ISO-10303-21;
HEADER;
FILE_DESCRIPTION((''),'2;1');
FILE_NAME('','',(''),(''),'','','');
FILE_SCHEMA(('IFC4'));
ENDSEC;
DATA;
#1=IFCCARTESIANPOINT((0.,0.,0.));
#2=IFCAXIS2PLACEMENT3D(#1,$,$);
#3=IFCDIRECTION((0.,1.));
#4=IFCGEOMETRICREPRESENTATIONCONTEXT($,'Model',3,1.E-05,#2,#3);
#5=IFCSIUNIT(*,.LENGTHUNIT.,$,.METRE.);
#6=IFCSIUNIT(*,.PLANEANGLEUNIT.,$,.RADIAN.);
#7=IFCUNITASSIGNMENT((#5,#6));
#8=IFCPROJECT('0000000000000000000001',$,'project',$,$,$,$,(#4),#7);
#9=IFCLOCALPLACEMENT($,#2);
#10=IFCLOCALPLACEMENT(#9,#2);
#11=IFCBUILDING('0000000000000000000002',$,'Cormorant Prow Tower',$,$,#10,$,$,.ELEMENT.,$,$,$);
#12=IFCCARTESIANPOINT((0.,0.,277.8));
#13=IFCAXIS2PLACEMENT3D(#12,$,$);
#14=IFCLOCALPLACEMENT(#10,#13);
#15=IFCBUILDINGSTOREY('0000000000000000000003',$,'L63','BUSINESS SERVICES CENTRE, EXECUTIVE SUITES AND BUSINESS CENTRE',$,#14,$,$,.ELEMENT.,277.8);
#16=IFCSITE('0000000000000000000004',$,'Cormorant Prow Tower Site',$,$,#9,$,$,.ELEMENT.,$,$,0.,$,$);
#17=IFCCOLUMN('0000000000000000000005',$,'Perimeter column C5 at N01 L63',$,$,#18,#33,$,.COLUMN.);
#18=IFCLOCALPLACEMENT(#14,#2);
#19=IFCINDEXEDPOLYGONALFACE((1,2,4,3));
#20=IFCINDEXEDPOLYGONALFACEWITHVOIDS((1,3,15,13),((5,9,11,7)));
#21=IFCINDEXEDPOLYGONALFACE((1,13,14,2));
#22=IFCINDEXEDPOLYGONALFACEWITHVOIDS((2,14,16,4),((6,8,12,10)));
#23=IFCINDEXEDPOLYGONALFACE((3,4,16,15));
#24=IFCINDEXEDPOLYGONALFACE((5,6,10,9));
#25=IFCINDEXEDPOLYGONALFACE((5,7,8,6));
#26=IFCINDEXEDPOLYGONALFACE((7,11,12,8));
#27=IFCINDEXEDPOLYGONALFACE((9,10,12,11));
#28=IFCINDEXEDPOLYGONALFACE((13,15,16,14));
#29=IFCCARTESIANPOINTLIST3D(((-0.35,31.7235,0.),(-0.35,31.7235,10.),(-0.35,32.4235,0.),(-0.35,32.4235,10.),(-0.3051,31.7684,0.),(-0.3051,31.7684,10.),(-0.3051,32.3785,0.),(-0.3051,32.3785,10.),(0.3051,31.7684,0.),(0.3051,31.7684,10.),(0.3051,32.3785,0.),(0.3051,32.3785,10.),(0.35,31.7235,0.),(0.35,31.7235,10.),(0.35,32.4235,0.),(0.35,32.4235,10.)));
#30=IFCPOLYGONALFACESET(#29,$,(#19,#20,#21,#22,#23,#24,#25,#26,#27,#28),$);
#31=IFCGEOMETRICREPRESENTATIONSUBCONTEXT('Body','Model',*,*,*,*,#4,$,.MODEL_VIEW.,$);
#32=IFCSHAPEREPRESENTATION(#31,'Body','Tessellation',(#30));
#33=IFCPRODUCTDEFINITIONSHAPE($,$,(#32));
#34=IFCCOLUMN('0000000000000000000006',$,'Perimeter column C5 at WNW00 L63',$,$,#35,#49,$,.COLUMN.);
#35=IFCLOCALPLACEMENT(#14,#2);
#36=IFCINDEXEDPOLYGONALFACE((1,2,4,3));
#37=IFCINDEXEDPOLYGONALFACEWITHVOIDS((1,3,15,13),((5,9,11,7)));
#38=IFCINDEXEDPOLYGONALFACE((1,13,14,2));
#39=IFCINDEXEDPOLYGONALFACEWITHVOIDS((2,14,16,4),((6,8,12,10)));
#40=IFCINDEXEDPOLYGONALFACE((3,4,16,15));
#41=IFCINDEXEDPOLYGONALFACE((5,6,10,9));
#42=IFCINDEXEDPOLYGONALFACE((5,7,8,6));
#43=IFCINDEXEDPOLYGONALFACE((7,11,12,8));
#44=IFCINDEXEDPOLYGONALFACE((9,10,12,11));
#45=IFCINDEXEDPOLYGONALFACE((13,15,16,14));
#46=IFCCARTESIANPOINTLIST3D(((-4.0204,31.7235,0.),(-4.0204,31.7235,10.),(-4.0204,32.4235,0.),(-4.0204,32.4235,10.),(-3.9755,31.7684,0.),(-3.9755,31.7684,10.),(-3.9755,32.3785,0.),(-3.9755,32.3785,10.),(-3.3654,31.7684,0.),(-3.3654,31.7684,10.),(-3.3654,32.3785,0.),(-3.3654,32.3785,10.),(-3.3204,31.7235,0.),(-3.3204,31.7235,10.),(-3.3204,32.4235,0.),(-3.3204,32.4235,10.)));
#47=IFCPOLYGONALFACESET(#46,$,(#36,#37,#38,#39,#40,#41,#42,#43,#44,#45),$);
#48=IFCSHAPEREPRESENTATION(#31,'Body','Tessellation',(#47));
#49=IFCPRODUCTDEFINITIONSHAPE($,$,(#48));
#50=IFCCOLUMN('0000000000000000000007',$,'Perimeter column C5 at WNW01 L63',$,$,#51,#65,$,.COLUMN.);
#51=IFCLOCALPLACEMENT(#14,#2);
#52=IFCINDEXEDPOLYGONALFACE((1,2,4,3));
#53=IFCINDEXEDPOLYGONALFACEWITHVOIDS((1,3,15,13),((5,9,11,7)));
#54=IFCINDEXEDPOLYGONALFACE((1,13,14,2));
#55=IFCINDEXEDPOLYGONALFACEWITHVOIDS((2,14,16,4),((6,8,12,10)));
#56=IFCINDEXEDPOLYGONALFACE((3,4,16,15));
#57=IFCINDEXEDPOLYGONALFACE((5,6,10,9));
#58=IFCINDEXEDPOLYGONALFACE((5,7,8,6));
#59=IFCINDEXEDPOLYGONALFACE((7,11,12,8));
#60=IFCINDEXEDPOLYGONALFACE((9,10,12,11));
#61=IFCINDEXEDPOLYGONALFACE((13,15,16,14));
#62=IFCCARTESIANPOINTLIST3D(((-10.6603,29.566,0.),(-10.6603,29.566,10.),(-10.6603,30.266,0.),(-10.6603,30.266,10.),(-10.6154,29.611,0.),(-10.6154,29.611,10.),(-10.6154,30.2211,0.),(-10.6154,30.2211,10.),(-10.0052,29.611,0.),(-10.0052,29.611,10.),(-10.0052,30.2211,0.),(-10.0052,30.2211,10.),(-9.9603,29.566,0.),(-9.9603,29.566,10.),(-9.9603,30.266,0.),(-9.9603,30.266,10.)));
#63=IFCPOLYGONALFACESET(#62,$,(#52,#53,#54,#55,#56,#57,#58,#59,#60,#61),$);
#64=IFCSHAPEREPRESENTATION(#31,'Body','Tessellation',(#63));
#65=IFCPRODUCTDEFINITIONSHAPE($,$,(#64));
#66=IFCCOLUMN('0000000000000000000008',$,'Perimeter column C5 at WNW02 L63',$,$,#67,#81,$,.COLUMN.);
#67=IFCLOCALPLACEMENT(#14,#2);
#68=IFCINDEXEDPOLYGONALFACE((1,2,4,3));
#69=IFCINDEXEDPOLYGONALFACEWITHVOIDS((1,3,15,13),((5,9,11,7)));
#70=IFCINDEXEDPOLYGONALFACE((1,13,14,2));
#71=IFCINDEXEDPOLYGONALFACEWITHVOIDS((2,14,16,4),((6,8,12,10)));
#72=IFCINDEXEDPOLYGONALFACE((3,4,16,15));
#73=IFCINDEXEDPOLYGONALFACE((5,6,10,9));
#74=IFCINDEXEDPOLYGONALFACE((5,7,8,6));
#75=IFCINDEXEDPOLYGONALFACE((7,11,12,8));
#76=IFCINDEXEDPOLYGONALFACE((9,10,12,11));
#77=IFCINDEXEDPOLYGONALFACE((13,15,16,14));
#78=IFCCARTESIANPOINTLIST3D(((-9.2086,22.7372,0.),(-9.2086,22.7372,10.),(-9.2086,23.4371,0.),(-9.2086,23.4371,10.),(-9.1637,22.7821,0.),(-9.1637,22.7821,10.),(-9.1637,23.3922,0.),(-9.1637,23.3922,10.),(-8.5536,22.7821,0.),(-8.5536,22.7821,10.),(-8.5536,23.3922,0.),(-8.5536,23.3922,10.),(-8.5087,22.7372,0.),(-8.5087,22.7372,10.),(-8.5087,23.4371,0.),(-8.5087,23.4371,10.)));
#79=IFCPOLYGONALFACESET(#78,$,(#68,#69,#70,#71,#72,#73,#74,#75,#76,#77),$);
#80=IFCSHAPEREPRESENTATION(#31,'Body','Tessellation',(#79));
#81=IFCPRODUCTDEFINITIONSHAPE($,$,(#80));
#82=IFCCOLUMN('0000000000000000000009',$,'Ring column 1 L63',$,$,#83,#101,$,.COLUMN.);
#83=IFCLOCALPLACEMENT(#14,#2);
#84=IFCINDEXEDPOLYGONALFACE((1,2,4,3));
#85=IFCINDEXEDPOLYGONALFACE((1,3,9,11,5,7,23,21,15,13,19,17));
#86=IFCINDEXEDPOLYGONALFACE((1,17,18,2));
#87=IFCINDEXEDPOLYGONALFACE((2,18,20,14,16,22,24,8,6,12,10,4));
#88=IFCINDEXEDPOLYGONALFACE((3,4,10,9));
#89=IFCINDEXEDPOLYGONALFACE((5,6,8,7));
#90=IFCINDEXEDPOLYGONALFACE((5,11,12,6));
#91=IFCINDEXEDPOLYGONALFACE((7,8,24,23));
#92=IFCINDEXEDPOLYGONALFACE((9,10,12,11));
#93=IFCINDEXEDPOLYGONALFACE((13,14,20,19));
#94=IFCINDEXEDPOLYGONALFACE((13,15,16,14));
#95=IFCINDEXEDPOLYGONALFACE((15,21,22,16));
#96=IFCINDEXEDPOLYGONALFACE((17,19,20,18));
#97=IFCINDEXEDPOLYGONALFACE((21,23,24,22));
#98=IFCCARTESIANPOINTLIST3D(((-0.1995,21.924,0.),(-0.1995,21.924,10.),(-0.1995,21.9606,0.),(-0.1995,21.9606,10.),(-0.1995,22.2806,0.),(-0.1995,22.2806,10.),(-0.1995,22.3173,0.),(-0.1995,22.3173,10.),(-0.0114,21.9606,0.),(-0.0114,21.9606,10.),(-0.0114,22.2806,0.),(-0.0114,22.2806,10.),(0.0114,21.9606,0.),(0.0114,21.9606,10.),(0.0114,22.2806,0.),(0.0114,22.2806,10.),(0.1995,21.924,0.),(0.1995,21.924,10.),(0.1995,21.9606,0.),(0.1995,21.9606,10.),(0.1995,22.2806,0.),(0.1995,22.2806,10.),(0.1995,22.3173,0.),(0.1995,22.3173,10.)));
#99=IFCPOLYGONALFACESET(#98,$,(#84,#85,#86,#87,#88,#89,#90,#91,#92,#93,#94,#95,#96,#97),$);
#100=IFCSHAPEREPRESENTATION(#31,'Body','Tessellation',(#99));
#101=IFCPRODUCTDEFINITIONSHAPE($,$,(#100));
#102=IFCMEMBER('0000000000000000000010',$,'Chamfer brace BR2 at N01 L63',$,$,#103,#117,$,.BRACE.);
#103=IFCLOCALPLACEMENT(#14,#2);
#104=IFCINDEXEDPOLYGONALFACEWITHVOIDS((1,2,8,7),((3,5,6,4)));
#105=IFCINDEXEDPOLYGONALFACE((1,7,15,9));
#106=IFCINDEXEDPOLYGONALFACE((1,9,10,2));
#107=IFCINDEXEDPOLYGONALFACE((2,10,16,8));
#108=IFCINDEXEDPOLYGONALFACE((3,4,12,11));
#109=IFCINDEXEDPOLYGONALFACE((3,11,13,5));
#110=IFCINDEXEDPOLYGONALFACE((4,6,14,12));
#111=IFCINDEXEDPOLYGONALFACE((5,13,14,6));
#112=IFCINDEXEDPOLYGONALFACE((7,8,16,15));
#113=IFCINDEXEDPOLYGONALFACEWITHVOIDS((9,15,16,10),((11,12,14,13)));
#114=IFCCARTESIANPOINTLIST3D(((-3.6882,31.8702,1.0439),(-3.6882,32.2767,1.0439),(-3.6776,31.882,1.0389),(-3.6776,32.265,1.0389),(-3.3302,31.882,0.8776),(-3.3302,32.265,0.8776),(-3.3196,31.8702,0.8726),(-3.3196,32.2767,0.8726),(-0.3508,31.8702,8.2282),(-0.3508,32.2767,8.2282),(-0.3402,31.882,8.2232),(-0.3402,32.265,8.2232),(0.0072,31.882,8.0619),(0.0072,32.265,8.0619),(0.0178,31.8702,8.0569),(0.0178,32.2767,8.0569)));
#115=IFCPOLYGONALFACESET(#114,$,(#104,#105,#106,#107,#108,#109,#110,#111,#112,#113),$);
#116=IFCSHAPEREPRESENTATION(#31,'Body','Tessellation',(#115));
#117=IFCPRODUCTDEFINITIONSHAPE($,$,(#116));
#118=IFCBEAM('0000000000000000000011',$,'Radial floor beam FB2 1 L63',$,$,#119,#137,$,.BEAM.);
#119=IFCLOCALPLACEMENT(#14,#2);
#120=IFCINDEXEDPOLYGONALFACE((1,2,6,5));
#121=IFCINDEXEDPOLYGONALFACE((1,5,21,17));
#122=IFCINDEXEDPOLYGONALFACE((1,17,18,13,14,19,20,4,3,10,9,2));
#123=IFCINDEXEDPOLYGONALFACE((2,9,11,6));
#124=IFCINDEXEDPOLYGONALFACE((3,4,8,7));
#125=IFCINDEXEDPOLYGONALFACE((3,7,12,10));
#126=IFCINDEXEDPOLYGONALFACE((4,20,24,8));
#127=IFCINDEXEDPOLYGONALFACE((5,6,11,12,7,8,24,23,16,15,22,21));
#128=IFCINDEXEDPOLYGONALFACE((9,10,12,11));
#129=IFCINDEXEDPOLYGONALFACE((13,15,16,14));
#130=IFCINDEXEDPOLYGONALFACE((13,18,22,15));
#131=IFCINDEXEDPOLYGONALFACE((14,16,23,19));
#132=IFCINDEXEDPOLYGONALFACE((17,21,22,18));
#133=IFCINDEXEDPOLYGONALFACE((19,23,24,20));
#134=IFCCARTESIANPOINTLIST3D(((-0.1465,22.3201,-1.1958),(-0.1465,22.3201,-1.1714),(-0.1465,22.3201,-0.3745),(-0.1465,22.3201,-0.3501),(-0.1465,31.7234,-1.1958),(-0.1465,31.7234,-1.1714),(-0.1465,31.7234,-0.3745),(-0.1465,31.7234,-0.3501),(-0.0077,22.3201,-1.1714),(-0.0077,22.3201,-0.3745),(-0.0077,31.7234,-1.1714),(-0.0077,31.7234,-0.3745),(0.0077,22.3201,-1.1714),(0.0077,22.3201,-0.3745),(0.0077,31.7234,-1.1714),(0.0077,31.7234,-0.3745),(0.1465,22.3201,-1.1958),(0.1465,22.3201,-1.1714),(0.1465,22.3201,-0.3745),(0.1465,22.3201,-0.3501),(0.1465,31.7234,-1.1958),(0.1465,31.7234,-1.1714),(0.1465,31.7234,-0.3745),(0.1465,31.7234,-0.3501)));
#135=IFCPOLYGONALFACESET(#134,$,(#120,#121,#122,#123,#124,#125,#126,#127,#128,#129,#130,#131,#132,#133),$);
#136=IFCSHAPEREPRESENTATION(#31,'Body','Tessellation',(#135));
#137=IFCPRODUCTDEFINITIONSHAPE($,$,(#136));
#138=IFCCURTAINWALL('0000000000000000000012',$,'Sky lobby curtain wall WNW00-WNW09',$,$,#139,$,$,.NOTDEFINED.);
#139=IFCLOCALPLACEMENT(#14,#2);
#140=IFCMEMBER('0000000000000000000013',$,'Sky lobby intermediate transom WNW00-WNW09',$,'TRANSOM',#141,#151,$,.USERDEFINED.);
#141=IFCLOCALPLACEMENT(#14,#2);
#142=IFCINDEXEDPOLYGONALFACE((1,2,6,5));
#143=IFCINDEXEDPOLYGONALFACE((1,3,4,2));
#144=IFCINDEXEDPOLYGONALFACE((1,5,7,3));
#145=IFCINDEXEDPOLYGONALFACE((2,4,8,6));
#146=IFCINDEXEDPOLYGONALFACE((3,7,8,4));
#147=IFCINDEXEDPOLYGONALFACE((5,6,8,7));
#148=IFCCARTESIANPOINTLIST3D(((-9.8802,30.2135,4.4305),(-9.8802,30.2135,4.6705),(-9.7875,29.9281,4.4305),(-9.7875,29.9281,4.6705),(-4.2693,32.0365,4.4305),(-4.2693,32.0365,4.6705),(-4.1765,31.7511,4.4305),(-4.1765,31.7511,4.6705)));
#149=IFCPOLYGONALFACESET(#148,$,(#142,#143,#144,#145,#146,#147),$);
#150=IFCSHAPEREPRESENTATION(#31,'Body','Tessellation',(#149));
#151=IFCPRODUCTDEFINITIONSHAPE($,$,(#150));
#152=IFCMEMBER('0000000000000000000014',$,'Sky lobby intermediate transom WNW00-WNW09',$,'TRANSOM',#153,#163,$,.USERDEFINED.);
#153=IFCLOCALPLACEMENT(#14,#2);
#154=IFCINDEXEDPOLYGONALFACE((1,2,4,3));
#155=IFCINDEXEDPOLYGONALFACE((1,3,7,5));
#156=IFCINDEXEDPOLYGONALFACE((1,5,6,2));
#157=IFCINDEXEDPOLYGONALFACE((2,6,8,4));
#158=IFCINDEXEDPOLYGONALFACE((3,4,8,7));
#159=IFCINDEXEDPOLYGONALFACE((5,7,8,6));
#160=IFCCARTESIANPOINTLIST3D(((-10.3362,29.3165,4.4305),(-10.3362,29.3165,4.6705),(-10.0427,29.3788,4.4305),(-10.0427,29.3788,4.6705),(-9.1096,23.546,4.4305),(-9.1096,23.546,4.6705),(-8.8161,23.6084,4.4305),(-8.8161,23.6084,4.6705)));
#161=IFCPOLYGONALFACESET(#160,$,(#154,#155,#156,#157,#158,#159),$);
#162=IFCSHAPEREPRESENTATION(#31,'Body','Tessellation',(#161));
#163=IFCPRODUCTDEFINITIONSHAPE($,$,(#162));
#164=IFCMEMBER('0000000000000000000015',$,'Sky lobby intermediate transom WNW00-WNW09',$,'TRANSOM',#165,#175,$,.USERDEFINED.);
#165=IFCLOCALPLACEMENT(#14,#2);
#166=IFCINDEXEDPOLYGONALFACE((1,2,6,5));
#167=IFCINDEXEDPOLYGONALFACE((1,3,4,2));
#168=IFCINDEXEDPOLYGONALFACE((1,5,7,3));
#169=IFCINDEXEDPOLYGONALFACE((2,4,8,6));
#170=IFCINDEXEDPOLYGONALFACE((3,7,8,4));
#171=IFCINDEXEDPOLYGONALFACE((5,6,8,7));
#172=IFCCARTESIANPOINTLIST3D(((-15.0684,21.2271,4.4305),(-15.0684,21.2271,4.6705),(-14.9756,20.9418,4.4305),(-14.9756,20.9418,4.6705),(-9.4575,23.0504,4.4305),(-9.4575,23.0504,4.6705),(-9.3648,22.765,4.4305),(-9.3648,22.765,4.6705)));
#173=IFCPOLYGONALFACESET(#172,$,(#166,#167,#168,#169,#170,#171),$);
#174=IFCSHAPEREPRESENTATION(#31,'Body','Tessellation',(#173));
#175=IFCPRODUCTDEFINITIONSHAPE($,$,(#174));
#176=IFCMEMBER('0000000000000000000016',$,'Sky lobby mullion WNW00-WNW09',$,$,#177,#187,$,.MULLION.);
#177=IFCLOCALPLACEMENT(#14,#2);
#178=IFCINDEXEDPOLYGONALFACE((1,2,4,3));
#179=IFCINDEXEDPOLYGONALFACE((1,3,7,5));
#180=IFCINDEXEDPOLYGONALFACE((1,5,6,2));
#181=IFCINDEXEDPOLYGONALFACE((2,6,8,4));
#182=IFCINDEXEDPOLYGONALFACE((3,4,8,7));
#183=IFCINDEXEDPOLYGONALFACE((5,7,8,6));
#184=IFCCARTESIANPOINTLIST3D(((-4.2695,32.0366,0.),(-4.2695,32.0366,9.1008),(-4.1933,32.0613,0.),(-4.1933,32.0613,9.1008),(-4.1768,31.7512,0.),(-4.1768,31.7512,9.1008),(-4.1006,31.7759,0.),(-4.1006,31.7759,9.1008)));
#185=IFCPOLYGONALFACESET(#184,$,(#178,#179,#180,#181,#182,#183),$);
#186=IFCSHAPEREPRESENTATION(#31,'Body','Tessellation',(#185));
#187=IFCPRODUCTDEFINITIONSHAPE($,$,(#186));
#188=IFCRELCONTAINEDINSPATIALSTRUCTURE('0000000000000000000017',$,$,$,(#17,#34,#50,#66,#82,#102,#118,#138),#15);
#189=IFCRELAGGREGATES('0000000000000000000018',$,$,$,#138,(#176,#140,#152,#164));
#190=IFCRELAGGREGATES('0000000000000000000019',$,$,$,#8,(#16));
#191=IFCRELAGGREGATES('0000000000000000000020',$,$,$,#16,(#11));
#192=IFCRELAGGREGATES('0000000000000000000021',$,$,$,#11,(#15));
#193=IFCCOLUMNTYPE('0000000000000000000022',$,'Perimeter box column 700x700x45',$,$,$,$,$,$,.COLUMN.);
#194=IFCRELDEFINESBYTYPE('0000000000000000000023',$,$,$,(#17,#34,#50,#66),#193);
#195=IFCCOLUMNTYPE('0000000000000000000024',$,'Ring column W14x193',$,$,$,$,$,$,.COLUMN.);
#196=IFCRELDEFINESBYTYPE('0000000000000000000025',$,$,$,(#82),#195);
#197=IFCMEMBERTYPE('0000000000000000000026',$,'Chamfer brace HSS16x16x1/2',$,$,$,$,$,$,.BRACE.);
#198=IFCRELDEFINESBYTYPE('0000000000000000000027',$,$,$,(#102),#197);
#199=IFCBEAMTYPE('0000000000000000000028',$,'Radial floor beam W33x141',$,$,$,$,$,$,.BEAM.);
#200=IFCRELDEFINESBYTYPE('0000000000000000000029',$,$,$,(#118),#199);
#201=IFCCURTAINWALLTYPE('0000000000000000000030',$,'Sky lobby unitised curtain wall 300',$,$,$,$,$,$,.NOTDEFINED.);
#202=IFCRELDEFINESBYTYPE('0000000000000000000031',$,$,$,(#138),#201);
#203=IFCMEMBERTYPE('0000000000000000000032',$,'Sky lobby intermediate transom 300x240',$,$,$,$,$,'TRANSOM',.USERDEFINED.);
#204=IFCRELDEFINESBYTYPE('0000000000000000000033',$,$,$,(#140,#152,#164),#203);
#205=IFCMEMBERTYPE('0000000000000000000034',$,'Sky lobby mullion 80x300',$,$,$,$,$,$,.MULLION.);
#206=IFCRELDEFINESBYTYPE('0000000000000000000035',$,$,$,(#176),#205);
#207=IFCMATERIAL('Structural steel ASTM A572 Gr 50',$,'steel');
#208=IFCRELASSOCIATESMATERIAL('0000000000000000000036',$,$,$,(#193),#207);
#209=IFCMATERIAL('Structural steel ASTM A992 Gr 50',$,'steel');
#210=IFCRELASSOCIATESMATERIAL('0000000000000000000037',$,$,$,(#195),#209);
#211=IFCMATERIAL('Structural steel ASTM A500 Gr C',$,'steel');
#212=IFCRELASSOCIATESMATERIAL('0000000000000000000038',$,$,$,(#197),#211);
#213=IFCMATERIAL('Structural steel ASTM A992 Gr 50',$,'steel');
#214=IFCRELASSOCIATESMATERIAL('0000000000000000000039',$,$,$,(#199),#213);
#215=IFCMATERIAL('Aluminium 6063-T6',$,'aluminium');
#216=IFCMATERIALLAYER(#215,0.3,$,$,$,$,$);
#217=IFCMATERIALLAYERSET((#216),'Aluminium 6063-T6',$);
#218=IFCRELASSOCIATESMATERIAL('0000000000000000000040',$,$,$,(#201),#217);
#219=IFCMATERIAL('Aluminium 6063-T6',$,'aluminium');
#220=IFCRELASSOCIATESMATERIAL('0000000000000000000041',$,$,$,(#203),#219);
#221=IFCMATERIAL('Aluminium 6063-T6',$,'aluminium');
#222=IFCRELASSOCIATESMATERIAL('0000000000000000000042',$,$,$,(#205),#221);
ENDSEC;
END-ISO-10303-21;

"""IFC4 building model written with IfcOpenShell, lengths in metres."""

from ifc_helpers import new_model, si_unit, direction, frame, origin, origin_2d, place, context, subcontext, project, spatial, rectangle, hollow_rectangle, i_section, extrude, material, layer, layer_set, material_profile, profile_set, type_object, element, aggregate, save


model = new_model("IFC4")

# Units and contexts
model_context = context("Model", 3, precision=1e-05, world=origin(), true_north=direction((0.0, 1.0)))
body_context = subcontext(model_context, "Body", "Model", "MODEL_VIEW")
ifc_project = project(units=[si_unit("LENGTHUNIT", "METRE"), si_unit("PLANEANGLEUNIT", "RADIAN")], contexts=[model_context])

# Site, building, storey
site_placement = place(None, origin())
site = spatial("IfcSite", under=ifc_project, at=site_placement, Name="Cormorant Prow Tower Site", CompositionType="ELEMENT", RefElevation=0.0)
building_placement = place(site_placement, origin())
building = spatial("IfcBuilding", under=site, at=building_placement, Name="Cormorant Prow Tower", CompositionType="ELEMENT")
storey_placement = place(building_placement, frame((0.0, 0.0, 277.8)))
storey = spatial("IfcBuildingStorey", under=building, at=storey_placement, Name="L63", Description="BUSINESS SERVICES CENTRE, EXECUTIVE SUITES AND BUSINESS CENTRE", CompositionType="ELEMENT", Elevation=277.8)

# Columns
ifc_material_1 = material(Name="Structural steel ASTM A572 Gr 50", Category="steel")
ifc_material_profile_1 = material_profile(ifc_material_1, hollow_rectangle(XDim=0.7, YDim=0.7, WallThickness=0.0449, at=origin_2d()), Name="Box 700x700x45")
ifc_profile_set_1 = profile_set([ifc_material_profile_1], Name="Structural steel ASTM A572 Gr 50")
column_type_1 = type_object("IfcColumnType", Name="Perimeter box column 700x700x45", PredefinedType="COLUMN", material=ifc_profile_set_1)
for number, where, z_axis, x_axis, name in (
    (1, (0.0, 32.0735, 0.0), (0.0, 0.0, 1.0), (1.0, 0.0, 0.0), "Perimeter column C5 at N01 L63"),
    (2, (-3.6704, 32.0735, 0.0), (0.0, 0.0, 1.0), (1.0, 0.0, 0.0), "Perimeter column C5 at WNW00 L63"),
    (3, (-10.3103, 29.916, 0.0), (0.0, 0.0, 1.0), (1.0, 0.0, 0.0), "Perimeter column C5 at WNW01 L63"),
    (4, (-8.8586, 23.0872, 0.0), (0.0, 0.0, 1.0), (1.0, 0.0, 0.0), "Perimeter column C5 at WNW02 L63"),
):
    element("IfcColumn", number, at=place(storey_placement, frame(where, z_axis=z_axis, x_axis=x_axis)), inside=storey, type_object=column_type_1, Name=name, PredefinedType="COLUMN", context=body_context, shape_type="SweptSolid", body=[
        extrude(hollow_rectangle(XDim=0.7, YDim=0.7, WallThickness=0.0449, at=origin_2d()), origin(), (0.0, 0.0, 1.0), 10.0),
    ])
ifc_material_2 = material(Name="Structural steel ASTM A992 Gr 50", Category="steel")
ifc_material_profile_2 = material_profile(ifc_material_2, i_section(OverallWidth=0.3989, OverallDepth=0.3933, WebThickness=0.0227, FlangeThickness=0.0366, at=origin_2d()), Name="W14x193")
ifc_profile_set_2 = profile_set([ifc_material_profile_2], Name="Structural steel ASTM A992 Gr 50")
column_type_2 = type_object("IfcColumnType", Name="Ring column W14x193", PredefinedType="COLUMN", material=ifc_profile_set_2)
column_placement = place(storey_placement, frame((0.0, 22.1206, 0.0), z_axis=(0.0, 0.0, 1.0), x_axis=(1.0, 0.0, 0.0)))
element("IfcColumn", 5, at=column_placement, inside=storey, type_object=column_type_2, Name="Ring column 1 L63", PredefinedType="COLUMN", context=body_context, shape_type="SweptSolid", body=[
    extrude(i_section(OverallWidth=0.3989, OverallDepth=0.3933, WebThickness=0.0227, FlangeThickness=0.0366, at=origin_2d()), origin(), (0.0, 0.0, 1.0), 10.0),
])

# Member
ifc_material_3 = material(Name="Structural steel ASTM A500 Gr C", Category="steel")
ifc_material_profile_3 = material_profile(ifc_material_3, hollow_rectangle(XDim=0.4065, YDim=0.4065, WallThickness=0.0117, at=origin_2d()), Name="HSS16x16x1/2")
ifc_profile_set_3 = profile_set([ifc_material_profile_3], Name="Structural steel ASTM A500 Gr C")
member_type_1 = type_object("IfcMemberType", Name="Chamfer brace HSS16x16x1/2", PredefinedType="BRACE", material=ifc_profile_set_3)
member_1_placement = place(storey_placement, frame((-3.5039, 32.0735, 0.9583), z_axis=(0.421301, 0.0, 0.906921), x_axis=(0.0, 1.0, 0.0)))
element("IfcMember", 6, at=member_1_placement, inside=storey, type_object=member_type_1, Name="Chamfer brace BR2 at N01 L63", PredefinedType="BRACE", context=body_context, shape_type="SweptSolid", body=[
    extrude(hollow_rectangle(XDim=0.4065, YDim=0.4065, WallThickness=0.0117, at=origin_2d()), origin(), (0.0, 0.0, 1.0), 7.9216),
])

# Beam
ifc_material_4 = material(Name="Structural steel ASTM A992 Gr 50", Category="steel")
ifc_material_profile_4 = material_profile(ifc_material_4, i_section(OverallWidth=0.293, OverallDepth=0.8457, WebThickness=0.0154, FlangeThickness=0.0244, at=origin_2d()), Name="W33x141")
ifc_profile_set_4 = profile_set([ifc_material_profile_4], Name="Structural steel ASTM A992 Gr 50")
beam_type_1 = type_object("IfcBeamType", Name="Radial floor beam W33x141", PredefinedType="BEAM", material=ifc_profile_set_4)
beam_1_placement = place(storey_placement, frame((0.0, 22.3201, -0.7729), z_axis=(0.0, 1.0, 0.0), x_axis=(-1.0, 0.0, 0.0)))
element("IfcBeam", 7, at=beam_1_placement, inside=storey, type_object=beam_type_1, Name="Radial floor beam FB2 1 L63", PredefinedType="BEAM", context=body_context, shape_type="SweptSolid", body=[
    extrude(i_section(OverallWidth=0.293, OverallDepth=0.8457, WebThickness=0.0154, FlangeThickness=0.0244, at=origin_2d()), origin(), (0.0, 0.0, 1.0), 9.4033),
])

# Curtain wall, members
ifc_material_5 = material(Name="Aluminium 6063-T6", Category="aluminium")
ifc_layer_1 = layer(ifc_material_5, 0.3)
ifc_layer_set_1 = layer_set([ifc_layer_1], Name="Aluminium 6063-T6")
curtain_wall_type = type_object("IfcCurtainWallType", Name="Sky lobby unitised curtain wall 300", PredefinedType="NOTDEFINED", material=ifc_layer_set_1)
curtain_wall_placement = place(storey_placement, origin())
curtain_wall = element("IfcCurtainWall", 8, at=curtain_wall_placement, inside=storey, type_object=curtain_wall_type, Name="Sky lobby curtain wall WNW00-WNW09", PredefinedType="NOTDEFINED")
ifc_material_6 = material(Name="Aluminium 6063-T6", Category="aluminium")
ifc_material_profile_5 = material_profile(ifc_material_6, rectangle(XDim=0.3, YDim=0.24, at=origin_2d()), Name="Sky lobby intermediate transom 300x240")
ifc_profile_set_5 = profile_set([ifc_material_profile_5], Name="Aluminium 6063-T6")
member_type_2 = type_object("IfcMemberType", Name="Sky lobby intermediate transom 300x240", ElementType="TRANSOM", PredefinedType="USERDEFINED", material=ifc_profile_set_5)
member_2_placement = place(storey_placement, frame((-4.2229, 31.8938, 4.5505), z_axis=(-0.95106, -0.309006, 0.0), x_axis=(0.309006, -0.95106, 0.0)))
member_2 = element("IfcMember", 9, at=member_2_placement, type_object=member_type_2, Name="Sky lobby intermediate transom WNW00-WNW09", ObjectType="TRANSOM", PredefinedType="USERDEFINED", context=body_context, shape_type="SweptSolid", body=[
    extrude(rectangle(XDim=0.3, YDim=0.24, at=origin_2d()), origin(), (0.0, 0.0, 1.0), 5.8997),
])
member_3_placement = place(storey_placement, frame((-10.1895, 29.3477, 4.5505), z_axis=(0.207912, -0.978147, 0.0), x_axis=(0.978147, 0.207912, 0.0)))
member_3 = element("IfcMember", 10, at=member_3_placement, type_object=member_type_2, Name="Sky lobby intermediate transom WNW00-WNW09", ObjectType="TRANSOM", PredefinedType="USERDEFINED", context=body_context, shape_type="SweptSolid", body=[
    extrude(rectangle(XDim=0.3, YDim=0.24, at=origin_2d()), origin(), (0.0, 0.0, 1.0), 5.8994),
])
member_4_placement = place(storey_placement, frame((-9.4111, 22.9077, 4.5505), z_axis=(-0.951048, -0.309043, 0.0), x_axis=(0.309043, -0.951048, 0.0)))
member_4 = element("IfcMember", 11, at=member_4_placement, type_object=member_type_2, Name="Sky lobby intermediate transom WNW00-WNW09", ObjectType="TRANSOM", PredefinedType="USERDEFINED", context=body_context, shape_type="SweptSolid", body=[
    extrude(rectangle(XDim=0.3, YDim=0.24, at=origin_2d()), origin(), (0.0, 0.0, 1.0), 5.8997),
])
ifc_material_7 = material(Name="Aluminium 6063-T6", Category="aluminium")
ifc_material_profile_6 = material_profile(ifc_material_7, rectangle(XDim=0.3, YDim=0.0801, at=origin_2d()), Name="Sky lobby mullion 80x300")
ifc_profile_set_6 = profile_set([ifc_material_profile_6], Name="Aluminium 6063-T6")
member_type_3 = type_object("IfcMemberType", Name="Sky lobby mullion 80x300", PredefinedType="MULLION", material=ifc_profile_set_6)
member_5_placement = place(storey_placement, frame((-4.1851, 31.9062, 0.0), z_axis=(0.0, 0.0, 1.0), x_axis=(0.309017, -0.951057, 0.0)))
member_5 = element("IfcMember", 12, at=member_5_placement, type_object=member_type_3, Name="Sky lobby mullion WNW00-WNW09", PredefinedType="MULLION", context=body_context, shape_type="SweptSolid", body=[
    extrude(rectangle(XDim=0.3, YDim=0.0801, at=origin_2d()), origin(), (0.0, 0.0, 1.0), 9.1008),
])

aggregate(curtain_wall, [member_5, member_2, member_3, member_4])

save(model, "model.ifc")
